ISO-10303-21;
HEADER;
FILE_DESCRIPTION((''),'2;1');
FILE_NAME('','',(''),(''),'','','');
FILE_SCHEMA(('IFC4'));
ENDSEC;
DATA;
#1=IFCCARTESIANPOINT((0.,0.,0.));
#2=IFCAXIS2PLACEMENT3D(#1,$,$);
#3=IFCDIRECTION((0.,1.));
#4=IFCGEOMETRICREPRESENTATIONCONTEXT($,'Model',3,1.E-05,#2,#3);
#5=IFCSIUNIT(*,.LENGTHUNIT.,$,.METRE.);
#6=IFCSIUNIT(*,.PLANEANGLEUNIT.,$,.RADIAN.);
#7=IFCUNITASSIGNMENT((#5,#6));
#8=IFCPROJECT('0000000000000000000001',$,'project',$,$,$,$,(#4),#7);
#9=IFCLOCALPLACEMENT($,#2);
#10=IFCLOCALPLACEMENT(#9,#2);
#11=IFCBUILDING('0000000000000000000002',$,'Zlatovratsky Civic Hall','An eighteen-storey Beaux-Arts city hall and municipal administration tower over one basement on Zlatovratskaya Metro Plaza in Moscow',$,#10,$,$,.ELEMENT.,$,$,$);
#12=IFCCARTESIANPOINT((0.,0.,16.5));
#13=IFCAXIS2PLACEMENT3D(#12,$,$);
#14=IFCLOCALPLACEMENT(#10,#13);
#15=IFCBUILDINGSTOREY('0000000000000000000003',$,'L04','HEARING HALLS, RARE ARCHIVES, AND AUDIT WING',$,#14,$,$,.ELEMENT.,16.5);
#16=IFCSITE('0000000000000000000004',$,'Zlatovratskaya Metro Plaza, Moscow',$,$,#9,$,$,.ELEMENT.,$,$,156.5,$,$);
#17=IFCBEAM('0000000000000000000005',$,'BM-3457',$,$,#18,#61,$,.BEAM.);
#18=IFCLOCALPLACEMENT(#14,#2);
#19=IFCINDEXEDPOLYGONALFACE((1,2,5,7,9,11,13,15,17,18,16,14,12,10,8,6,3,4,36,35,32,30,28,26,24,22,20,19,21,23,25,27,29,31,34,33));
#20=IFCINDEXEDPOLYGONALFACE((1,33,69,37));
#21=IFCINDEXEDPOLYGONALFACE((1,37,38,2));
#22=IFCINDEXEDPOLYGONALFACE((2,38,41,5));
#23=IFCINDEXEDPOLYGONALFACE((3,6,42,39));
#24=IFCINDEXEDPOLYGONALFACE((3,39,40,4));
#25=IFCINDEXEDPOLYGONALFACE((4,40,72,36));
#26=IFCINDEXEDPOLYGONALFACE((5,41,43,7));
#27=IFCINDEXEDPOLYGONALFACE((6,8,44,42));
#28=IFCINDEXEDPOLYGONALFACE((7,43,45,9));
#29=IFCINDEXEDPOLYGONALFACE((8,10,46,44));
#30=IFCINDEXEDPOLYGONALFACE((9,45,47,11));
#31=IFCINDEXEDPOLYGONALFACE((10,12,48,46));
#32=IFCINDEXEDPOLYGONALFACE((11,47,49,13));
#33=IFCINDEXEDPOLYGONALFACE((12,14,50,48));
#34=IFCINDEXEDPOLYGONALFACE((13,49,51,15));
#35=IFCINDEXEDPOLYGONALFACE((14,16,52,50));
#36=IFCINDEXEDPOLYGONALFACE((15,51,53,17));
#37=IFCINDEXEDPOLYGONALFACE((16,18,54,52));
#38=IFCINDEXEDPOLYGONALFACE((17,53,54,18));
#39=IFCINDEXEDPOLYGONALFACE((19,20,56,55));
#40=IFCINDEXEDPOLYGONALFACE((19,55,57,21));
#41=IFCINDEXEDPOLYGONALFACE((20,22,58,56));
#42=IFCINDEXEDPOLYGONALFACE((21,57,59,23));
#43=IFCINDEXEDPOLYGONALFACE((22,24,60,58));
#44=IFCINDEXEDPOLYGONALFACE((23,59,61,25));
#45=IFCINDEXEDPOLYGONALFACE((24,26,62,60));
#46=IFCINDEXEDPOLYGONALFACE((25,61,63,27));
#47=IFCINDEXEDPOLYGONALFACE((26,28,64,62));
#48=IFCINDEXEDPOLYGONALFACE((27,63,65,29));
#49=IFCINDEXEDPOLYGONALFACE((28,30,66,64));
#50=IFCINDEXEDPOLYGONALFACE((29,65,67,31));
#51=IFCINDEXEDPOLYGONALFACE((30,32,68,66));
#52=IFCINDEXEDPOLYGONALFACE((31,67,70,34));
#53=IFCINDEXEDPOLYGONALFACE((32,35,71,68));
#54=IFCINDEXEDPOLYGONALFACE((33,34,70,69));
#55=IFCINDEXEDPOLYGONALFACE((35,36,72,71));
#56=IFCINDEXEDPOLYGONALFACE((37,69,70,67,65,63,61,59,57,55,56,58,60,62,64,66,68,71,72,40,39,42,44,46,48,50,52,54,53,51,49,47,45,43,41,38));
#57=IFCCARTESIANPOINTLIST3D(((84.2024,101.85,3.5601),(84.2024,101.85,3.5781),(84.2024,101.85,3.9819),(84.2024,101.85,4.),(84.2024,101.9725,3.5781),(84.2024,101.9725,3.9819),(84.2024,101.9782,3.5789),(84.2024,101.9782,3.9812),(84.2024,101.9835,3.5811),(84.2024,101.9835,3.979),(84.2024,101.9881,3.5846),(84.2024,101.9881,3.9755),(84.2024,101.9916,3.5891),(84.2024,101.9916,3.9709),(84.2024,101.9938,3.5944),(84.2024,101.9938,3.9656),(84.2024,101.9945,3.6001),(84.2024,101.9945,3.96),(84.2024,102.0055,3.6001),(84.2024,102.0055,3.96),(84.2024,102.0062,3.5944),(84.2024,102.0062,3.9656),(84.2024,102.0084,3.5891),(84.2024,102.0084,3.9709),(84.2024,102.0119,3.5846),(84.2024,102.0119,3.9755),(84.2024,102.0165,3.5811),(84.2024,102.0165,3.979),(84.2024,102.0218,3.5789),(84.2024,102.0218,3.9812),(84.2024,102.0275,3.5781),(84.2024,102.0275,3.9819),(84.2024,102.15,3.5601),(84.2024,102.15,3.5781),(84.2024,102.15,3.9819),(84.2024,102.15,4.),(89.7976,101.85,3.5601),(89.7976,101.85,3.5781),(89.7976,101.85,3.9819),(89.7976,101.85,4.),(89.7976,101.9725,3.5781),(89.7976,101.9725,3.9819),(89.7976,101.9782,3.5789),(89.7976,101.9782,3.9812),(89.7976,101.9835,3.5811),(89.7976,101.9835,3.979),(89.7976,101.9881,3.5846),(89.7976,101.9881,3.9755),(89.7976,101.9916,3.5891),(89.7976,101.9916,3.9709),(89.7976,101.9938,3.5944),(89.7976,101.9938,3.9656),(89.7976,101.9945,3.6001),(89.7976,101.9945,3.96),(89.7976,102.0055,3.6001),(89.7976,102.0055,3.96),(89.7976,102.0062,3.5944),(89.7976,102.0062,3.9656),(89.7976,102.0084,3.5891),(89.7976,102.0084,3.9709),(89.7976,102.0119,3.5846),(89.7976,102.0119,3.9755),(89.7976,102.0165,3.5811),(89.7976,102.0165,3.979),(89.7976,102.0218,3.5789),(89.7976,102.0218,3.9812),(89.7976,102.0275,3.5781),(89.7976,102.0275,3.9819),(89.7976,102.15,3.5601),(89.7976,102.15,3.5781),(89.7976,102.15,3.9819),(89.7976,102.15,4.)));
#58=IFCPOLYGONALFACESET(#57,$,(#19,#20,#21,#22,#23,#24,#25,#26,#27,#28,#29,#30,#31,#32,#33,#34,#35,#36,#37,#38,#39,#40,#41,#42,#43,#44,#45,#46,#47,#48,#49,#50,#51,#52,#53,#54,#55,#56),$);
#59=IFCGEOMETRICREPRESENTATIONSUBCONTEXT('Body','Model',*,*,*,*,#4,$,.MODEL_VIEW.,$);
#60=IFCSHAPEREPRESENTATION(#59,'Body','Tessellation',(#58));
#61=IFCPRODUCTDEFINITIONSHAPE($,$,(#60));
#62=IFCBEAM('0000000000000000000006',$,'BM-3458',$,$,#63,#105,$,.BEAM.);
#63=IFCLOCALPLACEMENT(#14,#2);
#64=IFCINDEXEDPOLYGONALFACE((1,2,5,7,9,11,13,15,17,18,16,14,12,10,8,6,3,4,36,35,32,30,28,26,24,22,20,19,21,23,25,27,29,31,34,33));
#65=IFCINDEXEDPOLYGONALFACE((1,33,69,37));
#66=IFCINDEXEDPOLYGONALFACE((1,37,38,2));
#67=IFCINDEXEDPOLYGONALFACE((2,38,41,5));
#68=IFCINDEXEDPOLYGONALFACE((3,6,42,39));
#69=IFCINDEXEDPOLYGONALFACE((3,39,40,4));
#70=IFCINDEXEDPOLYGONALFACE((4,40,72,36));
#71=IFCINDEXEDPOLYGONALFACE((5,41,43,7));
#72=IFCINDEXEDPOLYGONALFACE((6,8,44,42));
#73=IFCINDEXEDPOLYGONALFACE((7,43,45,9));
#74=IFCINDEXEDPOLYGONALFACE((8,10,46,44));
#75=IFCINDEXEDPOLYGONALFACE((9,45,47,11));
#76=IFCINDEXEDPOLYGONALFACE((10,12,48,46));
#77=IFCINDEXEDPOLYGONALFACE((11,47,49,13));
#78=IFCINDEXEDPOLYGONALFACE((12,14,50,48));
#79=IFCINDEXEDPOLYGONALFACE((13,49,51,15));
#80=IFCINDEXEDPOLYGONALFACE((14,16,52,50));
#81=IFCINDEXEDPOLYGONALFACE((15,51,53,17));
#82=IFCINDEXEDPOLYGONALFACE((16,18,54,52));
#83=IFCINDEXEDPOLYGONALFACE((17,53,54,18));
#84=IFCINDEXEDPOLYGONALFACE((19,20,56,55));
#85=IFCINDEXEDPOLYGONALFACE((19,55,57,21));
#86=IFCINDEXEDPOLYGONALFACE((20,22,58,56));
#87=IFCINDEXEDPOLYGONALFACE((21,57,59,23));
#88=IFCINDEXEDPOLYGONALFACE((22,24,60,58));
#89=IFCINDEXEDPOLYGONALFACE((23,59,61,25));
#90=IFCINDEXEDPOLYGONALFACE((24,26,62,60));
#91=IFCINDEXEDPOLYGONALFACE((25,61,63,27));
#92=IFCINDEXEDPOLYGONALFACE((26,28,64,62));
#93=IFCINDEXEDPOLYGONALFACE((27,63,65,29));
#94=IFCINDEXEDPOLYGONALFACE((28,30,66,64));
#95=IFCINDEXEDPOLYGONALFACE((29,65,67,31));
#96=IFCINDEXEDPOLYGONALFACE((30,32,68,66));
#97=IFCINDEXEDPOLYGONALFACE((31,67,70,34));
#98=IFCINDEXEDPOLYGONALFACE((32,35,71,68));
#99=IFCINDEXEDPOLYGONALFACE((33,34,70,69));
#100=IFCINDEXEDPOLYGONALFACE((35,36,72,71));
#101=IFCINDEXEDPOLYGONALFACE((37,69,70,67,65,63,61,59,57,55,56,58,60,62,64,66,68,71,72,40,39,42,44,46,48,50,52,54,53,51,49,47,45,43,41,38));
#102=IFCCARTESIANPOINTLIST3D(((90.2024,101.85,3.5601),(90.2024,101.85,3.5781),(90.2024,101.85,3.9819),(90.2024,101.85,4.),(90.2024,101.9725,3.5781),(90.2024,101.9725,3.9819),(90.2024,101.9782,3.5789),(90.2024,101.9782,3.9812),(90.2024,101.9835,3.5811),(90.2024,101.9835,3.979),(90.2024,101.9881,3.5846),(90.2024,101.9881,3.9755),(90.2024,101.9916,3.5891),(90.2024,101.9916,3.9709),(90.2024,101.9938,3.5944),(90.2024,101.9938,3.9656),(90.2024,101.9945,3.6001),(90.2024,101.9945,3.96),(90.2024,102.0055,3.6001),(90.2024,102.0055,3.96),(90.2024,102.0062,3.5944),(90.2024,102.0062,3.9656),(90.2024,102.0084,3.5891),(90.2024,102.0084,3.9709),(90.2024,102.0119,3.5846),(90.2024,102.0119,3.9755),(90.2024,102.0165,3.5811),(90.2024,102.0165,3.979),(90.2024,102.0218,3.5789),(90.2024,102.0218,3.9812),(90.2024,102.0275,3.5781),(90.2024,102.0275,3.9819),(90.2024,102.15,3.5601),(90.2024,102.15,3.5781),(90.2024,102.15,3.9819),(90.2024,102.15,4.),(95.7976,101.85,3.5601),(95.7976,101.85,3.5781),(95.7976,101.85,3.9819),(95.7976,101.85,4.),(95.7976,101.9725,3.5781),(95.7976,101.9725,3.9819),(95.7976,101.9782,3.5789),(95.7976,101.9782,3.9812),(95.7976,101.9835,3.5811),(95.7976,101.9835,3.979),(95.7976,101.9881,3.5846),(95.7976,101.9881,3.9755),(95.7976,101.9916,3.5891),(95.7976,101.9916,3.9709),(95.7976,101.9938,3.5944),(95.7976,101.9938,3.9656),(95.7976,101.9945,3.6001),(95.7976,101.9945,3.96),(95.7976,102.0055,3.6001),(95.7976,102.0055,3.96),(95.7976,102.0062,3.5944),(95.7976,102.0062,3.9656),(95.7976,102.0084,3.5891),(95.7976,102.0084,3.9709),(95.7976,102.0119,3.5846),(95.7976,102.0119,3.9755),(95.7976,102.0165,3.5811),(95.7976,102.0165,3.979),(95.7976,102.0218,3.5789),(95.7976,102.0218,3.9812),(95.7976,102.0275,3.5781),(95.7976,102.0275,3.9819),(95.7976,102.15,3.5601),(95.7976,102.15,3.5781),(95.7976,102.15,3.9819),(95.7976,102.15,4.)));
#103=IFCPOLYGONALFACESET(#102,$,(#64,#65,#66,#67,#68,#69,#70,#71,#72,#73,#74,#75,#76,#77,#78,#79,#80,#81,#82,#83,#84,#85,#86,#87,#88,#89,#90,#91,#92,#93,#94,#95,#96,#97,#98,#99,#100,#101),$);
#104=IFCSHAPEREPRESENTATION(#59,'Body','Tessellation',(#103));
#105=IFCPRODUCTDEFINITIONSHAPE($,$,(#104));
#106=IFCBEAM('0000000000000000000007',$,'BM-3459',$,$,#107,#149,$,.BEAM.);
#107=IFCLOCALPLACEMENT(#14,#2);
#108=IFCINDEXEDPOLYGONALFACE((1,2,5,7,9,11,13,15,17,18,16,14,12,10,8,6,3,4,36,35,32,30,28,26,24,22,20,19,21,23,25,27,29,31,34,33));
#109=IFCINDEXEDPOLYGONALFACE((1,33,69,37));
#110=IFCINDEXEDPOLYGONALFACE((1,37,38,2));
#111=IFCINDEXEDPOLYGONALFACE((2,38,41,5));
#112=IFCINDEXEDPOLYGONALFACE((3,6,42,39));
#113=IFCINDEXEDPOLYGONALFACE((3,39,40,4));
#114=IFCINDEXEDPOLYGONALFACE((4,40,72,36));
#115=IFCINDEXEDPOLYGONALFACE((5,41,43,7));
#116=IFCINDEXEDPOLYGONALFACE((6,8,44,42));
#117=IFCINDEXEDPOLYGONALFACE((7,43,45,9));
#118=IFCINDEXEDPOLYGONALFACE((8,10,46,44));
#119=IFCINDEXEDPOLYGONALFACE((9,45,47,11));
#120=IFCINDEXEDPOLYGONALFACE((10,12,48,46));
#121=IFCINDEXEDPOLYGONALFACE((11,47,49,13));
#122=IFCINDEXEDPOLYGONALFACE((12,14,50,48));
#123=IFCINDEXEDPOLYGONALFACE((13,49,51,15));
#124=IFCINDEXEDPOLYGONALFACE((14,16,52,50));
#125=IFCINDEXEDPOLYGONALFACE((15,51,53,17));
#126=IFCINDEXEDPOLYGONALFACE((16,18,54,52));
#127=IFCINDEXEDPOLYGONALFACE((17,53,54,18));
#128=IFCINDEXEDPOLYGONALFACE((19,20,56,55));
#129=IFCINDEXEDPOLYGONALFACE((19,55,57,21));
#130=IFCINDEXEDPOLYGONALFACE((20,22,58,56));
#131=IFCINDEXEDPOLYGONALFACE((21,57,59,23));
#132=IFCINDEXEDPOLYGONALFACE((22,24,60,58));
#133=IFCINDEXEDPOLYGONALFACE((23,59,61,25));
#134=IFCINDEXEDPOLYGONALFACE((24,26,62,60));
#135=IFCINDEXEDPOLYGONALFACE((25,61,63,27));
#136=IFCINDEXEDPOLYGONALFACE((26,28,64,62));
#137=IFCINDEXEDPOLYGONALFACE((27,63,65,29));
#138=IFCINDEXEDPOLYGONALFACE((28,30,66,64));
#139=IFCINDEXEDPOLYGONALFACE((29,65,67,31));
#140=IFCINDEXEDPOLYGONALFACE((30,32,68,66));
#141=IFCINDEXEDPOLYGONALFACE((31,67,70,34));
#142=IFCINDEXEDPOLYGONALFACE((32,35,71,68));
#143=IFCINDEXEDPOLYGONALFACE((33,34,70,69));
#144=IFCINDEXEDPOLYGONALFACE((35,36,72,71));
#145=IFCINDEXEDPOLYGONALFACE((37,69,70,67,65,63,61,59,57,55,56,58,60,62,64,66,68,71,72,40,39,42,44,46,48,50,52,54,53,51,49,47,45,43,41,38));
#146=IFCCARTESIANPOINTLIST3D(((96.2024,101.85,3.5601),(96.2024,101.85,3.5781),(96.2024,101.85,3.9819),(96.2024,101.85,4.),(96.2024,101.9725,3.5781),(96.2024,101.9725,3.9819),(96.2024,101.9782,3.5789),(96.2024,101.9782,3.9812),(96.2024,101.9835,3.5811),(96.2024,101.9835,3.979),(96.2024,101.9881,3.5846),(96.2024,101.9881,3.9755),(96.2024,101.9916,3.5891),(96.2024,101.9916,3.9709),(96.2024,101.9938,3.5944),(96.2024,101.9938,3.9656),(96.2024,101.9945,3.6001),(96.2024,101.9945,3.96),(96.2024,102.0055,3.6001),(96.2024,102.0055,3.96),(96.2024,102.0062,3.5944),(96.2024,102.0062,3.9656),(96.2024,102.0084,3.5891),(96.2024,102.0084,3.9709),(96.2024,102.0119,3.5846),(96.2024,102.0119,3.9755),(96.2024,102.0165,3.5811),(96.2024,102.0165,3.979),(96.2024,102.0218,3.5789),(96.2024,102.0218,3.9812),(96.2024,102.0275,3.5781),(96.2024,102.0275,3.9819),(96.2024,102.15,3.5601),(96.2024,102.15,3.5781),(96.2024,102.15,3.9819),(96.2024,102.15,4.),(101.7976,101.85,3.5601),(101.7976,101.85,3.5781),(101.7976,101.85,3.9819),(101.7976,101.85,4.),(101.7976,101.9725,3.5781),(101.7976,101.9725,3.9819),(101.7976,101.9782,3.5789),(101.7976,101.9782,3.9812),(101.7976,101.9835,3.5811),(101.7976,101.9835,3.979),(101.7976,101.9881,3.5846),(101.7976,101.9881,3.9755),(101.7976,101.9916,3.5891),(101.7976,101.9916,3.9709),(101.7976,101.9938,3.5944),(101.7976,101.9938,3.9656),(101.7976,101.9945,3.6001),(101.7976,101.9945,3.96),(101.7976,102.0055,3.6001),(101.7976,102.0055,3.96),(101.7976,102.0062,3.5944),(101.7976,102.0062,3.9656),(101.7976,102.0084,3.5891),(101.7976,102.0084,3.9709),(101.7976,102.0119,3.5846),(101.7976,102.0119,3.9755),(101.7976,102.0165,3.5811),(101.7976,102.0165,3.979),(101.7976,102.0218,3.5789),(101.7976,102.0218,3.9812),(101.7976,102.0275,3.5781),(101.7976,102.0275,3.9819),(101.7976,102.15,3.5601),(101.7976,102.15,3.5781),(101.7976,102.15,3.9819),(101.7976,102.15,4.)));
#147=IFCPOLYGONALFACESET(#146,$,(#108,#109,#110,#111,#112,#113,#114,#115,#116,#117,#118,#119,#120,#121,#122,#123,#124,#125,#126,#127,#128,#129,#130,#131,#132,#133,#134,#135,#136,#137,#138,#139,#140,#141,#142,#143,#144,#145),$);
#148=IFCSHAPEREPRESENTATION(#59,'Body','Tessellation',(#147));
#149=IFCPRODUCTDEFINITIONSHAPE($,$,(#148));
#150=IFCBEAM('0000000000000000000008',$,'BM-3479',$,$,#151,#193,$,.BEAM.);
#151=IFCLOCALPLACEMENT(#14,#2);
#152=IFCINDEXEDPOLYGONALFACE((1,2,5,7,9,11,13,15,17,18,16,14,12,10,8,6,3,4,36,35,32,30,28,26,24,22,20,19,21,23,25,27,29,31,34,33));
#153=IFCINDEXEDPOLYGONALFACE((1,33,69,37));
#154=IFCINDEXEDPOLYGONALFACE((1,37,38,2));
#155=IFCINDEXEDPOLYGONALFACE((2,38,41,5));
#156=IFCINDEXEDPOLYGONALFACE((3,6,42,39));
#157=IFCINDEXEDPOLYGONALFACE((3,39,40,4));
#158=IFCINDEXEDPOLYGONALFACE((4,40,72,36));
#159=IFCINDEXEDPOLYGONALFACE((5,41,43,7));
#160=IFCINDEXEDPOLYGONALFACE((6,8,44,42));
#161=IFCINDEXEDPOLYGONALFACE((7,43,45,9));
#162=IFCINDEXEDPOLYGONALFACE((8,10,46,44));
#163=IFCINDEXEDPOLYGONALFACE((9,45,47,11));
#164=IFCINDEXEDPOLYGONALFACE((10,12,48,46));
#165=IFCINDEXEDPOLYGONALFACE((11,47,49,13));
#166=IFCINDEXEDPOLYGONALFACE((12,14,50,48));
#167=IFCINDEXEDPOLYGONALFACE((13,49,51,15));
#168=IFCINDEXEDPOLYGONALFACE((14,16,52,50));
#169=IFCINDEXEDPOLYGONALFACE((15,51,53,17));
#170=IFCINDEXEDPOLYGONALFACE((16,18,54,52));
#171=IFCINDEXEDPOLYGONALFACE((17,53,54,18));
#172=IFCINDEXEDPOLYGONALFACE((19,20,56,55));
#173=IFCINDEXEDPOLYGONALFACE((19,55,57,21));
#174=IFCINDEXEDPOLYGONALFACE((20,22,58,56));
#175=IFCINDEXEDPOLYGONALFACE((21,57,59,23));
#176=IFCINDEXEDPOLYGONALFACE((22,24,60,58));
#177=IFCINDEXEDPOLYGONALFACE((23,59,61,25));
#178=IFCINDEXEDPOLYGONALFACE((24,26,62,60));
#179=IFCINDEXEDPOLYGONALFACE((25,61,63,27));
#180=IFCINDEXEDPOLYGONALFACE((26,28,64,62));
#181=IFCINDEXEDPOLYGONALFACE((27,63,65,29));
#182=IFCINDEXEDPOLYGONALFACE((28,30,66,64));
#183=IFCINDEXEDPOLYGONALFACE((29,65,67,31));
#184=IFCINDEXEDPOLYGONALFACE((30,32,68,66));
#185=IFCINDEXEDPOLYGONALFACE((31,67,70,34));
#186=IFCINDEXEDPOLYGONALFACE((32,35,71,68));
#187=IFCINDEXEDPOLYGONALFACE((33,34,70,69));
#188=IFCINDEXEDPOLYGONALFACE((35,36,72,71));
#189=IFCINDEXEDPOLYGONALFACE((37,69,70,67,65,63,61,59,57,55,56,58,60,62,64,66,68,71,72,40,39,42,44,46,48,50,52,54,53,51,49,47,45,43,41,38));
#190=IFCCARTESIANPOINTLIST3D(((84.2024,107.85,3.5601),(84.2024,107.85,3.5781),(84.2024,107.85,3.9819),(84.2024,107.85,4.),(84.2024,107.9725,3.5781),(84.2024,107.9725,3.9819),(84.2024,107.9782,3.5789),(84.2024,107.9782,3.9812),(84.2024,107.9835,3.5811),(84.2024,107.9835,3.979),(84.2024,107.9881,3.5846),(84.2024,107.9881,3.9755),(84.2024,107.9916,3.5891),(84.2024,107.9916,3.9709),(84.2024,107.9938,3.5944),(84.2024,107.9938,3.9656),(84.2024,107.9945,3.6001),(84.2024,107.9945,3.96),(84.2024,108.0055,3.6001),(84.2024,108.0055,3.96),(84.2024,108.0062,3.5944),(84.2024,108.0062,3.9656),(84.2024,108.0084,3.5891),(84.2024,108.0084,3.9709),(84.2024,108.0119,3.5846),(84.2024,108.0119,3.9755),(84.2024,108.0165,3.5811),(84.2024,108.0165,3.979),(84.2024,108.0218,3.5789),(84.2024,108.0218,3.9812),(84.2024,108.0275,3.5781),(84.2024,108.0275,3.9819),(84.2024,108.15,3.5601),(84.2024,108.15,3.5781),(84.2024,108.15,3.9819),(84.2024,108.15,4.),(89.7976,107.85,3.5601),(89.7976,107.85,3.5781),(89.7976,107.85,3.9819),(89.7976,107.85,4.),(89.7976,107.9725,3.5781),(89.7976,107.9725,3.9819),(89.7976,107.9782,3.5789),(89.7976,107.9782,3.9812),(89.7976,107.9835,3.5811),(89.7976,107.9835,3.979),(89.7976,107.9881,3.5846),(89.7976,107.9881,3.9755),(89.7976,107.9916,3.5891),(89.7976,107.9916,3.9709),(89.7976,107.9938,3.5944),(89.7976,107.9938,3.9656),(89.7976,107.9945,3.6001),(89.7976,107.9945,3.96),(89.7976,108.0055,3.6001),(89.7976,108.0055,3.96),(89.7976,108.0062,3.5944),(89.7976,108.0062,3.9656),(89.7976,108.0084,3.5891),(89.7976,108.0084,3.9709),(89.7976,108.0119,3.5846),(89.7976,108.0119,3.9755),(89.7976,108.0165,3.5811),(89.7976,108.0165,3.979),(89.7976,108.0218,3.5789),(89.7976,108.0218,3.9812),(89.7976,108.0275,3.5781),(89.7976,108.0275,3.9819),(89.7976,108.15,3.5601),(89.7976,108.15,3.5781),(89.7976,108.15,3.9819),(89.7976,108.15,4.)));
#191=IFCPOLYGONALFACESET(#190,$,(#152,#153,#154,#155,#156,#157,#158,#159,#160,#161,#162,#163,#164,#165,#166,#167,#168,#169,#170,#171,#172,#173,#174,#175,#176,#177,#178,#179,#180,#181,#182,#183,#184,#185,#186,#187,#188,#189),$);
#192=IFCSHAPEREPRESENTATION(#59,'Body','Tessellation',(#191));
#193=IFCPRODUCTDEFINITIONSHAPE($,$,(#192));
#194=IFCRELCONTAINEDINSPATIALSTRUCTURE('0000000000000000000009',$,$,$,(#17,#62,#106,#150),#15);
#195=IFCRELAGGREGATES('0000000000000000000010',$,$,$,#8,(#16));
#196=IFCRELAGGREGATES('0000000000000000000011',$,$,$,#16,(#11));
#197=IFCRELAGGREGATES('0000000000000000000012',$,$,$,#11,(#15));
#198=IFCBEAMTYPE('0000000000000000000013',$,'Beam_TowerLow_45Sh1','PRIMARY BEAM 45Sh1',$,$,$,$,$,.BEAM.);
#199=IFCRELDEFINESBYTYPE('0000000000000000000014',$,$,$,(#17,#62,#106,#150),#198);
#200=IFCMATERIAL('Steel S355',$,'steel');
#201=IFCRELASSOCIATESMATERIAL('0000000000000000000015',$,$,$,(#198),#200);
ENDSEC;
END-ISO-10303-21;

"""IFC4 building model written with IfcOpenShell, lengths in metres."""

from ifc_helpers import new_model, si_unit, direction, frame, origin, origin_2d, place, context, subcontext, project, spatial, i_section, extrude, material, material_profile, profile_set, type_object, element, save


model = new_model("IFC4")

# Units and contexts
model_context = context("Model", 3, precision=1e-05, world=origin(), true_north=direction((0.0, 1.0)))
body_context = subcontext(model_context, "Body", "Model", "MODEL_VIEW")
ifc_project = project(units=[si_unit("LENGTHUNIT", "METRE"), si_unit("PLANEANGLEUNIT", "RADIAN")], contexts=[model_context])

# Site, building, storey
site_placement = place(None, origin())
site = spatial("IfcSite", under=ifc_project, at=site_placement, Name="Zlatovratskaya Metro Plaza, Moscow", CompositionType="ELEMENT", RefElevation=156.5)
building_placement = place(site_placement, origin())
building = spatial("IfcBuilding", under=site, at=building_placement, Name="Zlatovratsky Civic Hall", Description="An eighteen-storey Beaux-Arts city hall and municipal administration tower over one basement on Zlatovratskaya Metro Plaza in Moscow", CompositionType="ELEMENT")
storey_placement = place(building_placement, frame((0.0, 0.0, 16.5)))
storey = spatial("IfcBuildingStorey", under=building, at=storey_placement, Name="L04", Description="HEARING HALLS, RARE ARCHIVES, AND AUDIT WING", CompositionType="ELEMENT", Elevation=16.5)

# Shared definitions
ifc_material_1 = material(Name="Steel S355", Category="steel")

# Beams
ifc_material_profile_1 = material_profile(ifc_material_1, i_section(OverallWidth=0.3, OverallDepth=0.4399, WebThickness=0.011, FlangeThickness=0.0181, FilletRadius=0.022, at=origin_2d()), Name="45Sh1")
ifc_profile_set_1 = profile_set([ifc_material_profile_1], Name="Steel S355")
beam_type_1 = type_object("IfcBeamType", Name="Beam_TowerLow_45Sh1", Description="PRIMARY BEAM 45Sh1", PredefinedType="BEAM", material=ifc_profile_set_1)
for number, where, z_axis, x_axis, name in (
    (1, (84.2024, 102.0, 3.78), (1.0, 0.0, 0.0), (0.0, 1.0, 0.0), "BM-3457"),
    (2, (90.2024, 102.0, 3.78), (1.0, 0.0, 0.0), (0.0, 1.0, 0.0), "BM-3458"),
    (3, (96.2024, 102.0, 3.78), (1.0, 0.0, 0.0), (0.0, 1.0, 0.0), "BM-3459"),
    (4, (84.2024, 108.0, 3.78), (1.0, 0.0, 0.0), (0.0, 1.0, 0.0), "BM-3479"),
):
    element("IfcBeam", number, at=place(storey_placement, frame(where, z_axis=z_axis, x_axis=x_axis)), inside=storey, type_object=beam_type_1, Name=name, PredefinedType="BEAM", context=body_context, shape_type="SweptSolid", body=[
        extrude(i_section(OverallWidth=0.3, OverallDepth=0.4399, WebThickness=0.011, FlangeThickness=0.0181, FilletRadius=0.022, at=origin_2d()), origin(), (0.0, 0.0, 1.0), 5.5952),
    ])

save(model, "model.ifc")
